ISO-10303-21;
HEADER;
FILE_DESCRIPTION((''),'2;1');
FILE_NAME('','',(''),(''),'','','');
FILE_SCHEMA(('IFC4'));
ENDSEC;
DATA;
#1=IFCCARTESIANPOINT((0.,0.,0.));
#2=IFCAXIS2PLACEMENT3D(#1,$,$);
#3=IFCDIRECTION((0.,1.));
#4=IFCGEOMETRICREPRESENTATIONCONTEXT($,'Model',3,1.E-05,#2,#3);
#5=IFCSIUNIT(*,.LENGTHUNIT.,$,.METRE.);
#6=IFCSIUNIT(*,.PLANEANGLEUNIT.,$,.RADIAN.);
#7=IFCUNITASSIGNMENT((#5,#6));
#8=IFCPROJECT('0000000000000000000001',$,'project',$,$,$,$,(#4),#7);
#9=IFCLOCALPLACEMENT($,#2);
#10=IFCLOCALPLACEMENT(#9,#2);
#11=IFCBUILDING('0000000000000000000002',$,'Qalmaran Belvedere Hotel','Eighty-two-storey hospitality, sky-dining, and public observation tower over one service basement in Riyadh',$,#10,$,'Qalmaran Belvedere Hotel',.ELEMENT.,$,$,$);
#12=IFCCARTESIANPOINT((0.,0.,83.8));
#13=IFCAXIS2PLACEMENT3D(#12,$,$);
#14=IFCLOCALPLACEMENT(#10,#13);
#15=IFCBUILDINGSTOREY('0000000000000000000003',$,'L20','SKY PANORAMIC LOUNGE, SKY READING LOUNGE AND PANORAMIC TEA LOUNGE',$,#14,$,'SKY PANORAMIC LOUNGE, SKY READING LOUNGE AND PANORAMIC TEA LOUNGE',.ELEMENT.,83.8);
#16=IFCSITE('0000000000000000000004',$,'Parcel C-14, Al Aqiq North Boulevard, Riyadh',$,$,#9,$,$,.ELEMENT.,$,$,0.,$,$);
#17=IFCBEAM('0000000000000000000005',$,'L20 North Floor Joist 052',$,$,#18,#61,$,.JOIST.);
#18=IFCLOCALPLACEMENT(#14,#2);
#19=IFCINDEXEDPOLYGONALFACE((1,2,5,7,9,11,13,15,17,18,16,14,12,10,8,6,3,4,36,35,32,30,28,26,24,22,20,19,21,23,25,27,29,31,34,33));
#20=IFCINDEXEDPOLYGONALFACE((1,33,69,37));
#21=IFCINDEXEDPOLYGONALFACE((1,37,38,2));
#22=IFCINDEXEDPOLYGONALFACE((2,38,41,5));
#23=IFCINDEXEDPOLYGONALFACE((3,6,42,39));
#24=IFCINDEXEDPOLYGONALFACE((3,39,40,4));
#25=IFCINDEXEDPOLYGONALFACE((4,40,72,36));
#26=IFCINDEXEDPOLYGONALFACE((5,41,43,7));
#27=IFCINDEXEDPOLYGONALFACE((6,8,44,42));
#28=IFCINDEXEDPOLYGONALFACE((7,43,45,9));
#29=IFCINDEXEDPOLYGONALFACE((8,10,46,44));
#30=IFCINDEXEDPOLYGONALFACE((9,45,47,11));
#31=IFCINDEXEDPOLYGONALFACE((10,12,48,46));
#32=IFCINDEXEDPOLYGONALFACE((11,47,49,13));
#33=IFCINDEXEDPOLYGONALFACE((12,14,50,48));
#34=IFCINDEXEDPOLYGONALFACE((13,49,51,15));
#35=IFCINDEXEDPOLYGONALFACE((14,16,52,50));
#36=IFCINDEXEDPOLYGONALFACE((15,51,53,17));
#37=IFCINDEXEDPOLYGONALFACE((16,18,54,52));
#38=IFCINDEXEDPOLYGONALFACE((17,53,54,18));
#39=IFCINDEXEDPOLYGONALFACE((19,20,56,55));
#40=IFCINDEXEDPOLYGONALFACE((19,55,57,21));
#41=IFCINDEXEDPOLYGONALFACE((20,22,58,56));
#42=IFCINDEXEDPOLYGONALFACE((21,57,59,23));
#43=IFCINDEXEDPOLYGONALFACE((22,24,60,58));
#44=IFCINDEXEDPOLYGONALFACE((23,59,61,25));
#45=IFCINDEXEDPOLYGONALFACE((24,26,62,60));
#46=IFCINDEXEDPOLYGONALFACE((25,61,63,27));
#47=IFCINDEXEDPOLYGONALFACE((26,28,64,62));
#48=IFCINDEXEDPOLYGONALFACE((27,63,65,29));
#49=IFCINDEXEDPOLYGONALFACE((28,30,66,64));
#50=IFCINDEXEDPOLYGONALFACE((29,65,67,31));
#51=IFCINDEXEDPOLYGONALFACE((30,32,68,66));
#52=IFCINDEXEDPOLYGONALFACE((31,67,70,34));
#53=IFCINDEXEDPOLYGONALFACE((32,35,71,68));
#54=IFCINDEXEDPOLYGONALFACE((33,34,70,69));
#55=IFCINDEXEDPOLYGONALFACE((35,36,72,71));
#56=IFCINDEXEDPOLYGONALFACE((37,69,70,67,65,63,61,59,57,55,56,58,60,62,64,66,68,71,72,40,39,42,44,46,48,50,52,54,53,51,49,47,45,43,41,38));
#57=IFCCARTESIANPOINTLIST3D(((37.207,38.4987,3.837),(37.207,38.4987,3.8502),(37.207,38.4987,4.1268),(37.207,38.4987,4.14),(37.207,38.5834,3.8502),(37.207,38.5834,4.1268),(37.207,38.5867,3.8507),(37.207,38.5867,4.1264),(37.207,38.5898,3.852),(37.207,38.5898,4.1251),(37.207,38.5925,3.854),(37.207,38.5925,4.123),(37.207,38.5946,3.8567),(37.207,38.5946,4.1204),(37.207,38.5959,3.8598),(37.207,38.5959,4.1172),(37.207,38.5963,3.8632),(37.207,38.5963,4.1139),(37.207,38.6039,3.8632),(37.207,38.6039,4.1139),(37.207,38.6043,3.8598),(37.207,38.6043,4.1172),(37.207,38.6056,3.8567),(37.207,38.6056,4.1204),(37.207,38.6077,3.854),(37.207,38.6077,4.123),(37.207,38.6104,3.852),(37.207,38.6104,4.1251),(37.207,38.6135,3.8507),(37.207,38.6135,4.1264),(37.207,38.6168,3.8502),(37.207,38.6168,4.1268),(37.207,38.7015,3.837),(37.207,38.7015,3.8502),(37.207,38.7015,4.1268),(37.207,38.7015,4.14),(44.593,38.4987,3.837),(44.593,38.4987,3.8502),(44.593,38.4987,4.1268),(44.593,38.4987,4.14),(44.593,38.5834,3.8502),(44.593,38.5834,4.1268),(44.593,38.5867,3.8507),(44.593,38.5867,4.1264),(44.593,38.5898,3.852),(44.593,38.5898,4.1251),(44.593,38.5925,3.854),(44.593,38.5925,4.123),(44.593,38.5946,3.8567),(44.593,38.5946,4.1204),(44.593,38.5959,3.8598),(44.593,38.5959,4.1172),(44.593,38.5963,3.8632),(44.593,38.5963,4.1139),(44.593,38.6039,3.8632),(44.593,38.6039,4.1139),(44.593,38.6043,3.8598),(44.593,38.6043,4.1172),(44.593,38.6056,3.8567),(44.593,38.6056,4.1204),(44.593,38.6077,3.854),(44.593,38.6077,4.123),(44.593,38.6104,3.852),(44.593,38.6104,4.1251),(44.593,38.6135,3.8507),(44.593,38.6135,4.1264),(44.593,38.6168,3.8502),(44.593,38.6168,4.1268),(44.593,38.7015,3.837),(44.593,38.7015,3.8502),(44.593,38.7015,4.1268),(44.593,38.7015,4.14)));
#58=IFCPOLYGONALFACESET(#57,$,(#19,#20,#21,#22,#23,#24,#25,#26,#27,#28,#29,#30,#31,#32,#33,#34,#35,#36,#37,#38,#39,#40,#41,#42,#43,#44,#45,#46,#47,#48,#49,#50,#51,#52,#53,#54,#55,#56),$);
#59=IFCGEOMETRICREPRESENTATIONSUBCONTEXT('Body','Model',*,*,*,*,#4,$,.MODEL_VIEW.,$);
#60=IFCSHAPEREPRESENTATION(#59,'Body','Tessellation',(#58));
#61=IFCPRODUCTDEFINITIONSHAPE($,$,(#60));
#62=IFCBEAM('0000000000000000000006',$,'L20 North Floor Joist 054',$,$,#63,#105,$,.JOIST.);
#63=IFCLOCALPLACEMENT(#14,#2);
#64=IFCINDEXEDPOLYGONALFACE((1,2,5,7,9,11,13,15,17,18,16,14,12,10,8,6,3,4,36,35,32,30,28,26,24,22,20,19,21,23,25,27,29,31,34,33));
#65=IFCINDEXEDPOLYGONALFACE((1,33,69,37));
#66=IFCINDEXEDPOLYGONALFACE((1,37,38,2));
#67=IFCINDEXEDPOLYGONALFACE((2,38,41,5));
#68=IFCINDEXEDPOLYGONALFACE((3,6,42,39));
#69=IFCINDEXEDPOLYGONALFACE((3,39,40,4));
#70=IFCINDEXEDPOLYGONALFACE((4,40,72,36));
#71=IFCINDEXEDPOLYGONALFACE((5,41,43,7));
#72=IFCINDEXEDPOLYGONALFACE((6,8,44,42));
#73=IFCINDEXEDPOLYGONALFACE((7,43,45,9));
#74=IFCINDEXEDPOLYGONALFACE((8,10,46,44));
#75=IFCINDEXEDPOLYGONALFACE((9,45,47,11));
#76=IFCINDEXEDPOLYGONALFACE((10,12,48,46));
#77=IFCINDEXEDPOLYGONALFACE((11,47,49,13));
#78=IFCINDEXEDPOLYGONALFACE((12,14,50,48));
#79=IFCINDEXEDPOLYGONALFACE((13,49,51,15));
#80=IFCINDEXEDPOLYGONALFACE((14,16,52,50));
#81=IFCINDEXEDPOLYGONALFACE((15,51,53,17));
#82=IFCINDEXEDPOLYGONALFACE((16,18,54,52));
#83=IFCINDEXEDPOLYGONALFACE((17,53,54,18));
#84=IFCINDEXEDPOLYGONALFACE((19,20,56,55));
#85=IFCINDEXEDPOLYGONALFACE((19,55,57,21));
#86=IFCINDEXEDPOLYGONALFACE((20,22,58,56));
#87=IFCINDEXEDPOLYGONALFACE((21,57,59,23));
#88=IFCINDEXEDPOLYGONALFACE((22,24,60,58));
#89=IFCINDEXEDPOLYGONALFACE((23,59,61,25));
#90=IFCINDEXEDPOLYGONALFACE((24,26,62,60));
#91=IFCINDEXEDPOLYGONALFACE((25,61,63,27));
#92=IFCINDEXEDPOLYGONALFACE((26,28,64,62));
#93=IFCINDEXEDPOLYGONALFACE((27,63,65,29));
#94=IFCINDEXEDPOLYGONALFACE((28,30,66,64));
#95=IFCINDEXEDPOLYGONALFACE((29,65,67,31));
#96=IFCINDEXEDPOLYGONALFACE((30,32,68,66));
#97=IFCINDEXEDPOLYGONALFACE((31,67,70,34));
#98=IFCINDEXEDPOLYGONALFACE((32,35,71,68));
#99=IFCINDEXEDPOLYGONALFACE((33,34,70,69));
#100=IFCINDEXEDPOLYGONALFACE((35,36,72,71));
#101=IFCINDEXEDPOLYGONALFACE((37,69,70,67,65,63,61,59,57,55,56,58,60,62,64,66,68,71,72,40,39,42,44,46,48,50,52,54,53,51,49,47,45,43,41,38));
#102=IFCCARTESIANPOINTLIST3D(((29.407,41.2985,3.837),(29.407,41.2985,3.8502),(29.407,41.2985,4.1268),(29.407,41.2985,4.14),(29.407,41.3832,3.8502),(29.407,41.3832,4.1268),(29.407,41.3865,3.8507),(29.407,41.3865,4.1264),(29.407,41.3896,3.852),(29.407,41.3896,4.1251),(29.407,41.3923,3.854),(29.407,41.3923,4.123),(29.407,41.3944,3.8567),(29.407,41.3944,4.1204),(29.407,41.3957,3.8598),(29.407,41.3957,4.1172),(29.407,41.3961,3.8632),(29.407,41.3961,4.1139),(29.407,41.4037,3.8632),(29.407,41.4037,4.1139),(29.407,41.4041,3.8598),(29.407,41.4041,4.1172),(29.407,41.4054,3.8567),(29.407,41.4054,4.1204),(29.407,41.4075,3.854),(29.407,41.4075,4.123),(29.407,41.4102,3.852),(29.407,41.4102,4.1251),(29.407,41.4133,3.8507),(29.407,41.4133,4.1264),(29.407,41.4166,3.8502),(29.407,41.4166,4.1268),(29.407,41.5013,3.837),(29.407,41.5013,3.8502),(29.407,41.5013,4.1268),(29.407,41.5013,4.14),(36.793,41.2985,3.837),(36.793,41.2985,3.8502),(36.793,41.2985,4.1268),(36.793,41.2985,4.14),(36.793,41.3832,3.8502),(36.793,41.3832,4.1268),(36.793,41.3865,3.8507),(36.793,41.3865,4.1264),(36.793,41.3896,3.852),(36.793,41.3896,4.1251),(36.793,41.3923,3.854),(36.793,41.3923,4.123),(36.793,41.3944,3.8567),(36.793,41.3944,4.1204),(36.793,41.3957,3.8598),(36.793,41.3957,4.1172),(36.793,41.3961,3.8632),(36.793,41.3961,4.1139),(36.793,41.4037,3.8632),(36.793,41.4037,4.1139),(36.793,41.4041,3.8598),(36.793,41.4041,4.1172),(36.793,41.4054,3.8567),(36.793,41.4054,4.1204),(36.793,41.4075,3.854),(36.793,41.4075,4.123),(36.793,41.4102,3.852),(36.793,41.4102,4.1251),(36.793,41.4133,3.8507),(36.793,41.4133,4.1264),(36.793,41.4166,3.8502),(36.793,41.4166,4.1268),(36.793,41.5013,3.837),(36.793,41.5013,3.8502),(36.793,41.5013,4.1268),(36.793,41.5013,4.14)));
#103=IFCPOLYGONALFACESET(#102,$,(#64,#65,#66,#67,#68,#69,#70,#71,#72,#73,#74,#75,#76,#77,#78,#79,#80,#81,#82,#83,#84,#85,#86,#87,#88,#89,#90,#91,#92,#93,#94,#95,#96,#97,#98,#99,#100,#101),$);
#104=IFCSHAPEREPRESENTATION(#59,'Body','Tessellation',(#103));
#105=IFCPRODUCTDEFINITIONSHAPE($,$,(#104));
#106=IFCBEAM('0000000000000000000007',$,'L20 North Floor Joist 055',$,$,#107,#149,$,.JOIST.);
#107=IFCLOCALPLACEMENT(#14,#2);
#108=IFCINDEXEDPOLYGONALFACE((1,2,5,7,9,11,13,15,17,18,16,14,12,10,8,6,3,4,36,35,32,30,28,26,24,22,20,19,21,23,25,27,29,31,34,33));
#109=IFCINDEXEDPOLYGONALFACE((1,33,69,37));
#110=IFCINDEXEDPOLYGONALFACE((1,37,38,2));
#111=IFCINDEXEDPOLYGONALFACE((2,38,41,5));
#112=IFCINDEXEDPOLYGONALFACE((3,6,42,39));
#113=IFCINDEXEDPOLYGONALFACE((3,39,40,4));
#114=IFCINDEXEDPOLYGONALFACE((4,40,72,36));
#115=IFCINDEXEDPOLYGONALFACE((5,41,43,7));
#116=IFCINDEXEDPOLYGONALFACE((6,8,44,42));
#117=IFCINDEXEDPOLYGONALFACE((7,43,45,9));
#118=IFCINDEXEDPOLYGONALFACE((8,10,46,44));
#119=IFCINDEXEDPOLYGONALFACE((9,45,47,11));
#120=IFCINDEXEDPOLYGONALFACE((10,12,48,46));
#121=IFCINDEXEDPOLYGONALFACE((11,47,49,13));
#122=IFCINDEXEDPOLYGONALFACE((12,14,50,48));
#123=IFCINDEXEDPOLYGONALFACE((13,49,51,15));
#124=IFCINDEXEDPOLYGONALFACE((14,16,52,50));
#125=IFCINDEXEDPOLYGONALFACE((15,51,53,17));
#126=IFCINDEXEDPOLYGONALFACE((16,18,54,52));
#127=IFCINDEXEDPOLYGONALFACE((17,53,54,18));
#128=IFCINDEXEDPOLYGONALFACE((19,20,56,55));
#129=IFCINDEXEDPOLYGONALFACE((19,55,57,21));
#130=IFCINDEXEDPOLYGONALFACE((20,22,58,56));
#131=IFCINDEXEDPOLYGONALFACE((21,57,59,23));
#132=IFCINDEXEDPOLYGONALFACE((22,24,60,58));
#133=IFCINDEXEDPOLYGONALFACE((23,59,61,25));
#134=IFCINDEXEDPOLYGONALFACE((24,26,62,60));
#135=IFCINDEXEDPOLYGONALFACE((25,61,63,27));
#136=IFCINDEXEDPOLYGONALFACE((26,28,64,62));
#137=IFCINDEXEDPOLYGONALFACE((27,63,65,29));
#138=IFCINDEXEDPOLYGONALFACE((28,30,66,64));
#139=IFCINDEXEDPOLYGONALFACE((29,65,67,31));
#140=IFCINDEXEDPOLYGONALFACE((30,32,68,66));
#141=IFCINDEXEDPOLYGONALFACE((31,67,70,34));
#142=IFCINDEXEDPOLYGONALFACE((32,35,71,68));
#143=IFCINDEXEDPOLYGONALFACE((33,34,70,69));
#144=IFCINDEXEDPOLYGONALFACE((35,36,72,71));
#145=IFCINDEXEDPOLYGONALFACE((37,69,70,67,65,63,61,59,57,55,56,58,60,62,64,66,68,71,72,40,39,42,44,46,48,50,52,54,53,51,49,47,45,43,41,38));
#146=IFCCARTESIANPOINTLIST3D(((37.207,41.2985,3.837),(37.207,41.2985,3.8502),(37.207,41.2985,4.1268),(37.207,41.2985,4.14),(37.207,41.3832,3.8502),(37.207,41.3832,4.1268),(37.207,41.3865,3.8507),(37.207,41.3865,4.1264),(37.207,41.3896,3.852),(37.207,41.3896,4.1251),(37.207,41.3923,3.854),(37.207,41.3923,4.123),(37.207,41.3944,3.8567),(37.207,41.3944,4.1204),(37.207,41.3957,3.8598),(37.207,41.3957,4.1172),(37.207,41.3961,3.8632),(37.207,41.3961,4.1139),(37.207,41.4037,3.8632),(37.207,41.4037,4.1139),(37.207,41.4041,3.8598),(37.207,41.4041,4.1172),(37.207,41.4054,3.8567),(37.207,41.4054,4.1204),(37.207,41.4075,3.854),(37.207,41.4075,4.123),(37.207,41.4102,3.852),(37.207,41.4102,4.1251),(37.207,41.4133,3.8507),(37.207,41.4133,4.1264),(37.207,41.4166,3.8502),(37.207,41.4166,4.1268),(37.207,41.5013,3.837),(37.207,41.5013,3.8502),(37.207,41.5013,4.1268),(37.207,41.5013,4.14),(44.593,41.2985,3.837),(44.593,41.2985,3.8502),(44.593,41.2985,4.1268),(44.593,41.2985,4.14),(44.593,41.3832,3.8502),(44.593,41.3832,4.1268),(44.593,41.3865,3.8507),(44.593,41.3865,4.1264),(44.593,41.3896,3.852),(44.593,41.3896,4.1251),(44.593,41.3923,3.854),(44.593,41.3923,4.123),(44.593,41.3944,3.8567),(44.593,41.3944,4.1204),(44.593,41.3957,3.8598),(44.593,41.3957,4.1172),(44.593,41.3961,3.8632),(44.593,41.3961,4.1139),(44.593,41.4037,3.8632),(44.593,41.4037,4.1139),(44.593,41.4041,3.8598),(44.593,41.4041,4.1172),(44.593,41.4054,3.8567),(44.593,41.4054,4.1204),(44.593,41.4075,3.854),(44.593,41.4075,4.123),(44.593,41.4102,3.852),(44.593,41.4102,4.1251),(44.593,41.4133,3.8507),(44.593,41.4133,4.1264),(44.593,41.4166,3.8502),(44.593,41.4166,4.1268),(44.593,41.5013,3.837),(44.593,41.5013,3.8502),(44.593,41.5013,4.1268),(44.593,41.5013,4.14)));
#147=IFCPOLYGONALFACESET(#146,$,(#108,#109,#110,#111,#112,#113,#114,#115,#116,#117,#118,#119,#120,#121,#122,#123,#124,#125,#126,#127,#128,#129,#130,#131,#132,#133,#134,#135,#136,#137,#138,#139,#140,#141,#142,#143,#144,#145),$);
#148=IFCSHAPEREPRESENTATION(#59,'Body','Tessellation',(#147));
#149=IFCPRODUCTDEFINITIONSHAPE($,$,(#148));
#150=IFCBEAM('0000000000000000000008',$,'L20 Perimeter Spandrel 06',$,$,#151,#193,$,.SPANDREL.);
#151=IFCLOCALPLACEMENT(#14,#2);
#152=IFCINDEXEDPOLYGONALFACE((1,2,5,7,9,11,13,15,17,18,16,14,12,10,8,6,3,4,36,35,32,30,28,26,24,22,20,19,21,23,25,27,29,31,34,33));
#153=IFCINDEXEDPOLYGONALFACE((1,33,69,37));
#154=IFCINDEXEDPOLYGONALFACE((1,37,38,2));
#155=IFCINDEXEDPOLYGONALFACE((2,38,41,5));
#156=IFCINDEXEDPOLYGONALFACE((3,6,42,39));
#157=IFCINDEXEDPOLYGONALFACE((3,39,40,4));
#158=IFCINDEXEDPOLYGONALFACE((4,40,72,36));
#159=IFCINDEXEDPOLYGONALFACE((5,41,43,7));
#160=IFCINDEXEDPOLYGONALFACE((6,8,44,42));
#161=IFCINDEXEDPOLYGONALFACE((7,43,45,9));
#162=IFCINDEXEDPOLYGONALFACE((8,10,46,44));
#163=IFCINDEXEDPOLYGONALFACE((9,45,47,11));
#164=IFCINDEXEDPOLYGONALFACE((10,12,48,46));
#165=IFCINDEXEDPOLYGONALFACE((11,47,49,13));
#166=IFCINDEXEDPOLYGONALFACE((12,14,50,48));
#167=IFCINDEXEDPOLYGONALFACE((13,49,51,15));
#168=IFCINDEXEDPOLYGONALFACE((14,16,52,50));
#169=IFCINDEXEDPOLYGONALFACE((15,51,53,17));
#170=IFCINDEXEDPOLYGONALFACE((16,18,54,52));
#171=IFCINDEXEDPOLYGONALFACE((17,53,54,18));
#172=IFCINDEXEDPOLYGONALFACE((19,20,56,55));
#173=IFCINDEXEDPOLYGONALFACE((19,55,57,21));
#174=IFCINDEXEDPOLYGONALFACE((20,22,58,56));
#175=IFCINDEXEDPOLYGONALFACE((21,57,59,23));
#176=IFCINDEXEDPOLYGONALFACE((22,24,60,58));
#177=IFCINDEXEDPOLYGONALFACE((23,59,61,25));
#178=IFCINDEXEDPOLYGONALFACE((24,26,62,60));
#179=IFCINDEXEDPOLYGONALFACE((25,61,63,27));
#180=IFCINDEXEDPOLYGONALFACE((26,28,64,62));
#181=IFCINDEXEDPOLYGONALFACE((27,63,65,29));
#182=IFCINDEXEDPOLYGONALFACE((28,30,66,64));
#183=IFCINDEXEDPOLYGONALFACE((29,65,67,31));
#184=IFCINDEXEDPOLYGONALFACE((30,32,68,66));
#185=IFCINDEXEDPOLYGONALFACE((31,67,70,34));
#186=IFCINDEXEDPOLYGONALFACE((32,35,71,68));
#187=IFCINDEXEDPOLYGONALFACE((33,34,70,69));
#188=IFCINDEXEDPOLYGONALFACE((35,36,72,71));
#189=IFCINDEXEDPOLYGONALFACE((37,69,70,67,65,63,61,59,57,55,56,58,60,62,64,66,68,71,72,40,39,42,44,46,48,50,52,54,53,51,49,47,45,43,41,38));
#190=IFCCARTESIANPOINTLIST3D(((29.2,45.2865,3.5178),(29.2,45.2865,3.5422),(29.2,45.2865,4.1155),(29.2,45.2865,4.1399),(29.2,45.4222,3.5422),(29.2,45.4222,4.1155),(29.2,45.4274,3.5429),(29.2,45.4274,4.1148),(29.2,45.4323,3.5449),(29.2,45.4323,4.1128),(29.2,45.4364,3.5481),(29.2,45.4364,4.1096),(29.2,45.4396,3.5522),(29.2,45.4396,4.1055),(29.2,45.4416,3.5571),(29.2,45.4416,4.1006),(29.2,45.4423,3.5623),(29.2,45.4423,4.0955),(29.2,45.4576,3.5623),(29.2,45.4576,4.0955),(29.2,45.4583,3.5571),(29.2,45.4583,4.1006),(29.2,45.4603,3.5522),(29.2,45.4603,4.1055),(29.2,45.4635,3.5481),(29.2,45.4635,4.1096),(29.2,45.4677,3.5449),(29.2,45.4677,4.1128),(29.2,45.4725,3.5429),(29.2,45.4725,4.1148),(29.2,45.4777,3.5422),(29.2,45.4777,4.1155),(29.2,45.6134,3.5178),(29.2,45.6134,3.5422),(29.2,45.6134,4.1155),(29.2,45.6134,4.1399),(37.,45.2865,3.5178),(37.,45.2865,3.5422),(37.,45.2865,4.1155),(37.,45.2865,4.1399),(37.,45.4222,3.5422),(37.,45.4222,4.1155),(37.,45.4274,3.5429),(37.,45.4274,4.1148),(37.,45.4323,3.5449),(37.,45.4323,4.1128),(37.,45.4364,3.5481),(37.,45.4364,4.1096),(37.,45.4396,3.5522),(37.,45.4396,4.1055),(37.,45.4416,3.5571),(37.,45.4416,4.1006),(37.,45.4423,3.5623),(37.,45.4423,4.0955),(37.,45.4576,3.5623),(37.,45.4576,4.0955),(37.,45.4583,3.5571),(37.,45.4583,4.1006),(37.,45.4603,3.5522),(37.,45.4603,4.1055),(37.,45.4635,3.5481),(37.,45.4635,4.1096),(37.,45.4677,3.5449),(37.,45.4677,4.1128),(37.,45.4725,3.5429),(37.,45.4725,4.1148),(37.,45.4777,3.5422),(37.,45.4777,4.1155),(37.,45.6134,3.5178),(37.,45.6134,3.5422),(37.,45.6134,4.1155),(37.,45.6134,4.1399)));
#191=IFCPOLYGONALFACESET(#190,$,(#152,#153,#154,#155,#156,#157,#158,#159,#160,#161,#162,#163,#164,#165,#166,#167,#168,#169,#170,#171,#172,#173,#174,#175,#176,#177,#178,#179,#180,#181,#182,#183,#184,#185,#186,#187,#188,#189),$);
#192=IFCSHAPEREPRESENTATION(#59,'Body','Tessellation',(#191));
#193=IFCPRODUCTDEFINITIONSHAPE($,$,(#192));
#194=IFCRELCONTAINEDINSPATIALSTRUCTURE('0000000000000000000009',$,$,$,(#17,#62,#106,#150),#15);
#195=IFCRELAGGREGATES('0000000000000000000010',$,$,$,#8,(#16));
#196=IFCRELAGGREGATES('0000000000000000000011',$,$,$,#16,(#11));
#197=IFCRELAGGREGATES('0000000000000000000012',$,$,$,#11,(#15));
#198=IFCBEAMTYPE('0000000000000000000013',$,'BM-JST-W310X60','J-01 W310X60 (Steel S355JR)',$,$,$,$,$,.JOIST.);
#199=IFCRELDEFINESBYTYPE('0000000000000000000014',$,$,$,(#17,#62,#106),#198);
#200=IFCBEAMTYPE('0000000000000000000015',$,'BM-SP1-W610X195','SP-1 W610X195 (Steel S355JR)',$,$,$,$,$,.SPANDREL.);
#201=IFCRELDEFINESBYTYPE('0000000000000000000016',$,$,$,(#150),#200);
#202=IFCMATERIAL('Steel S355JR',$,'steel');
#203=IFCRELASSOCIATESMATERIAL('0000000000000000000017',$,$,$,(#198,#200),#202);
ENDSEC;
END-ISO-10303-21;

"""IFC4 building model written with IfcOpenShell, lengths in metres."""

from ifc_helpers import new_model, si_unit, direction, frame, origin, origin_2d, place, context, subcontext, project, spatial, i_section, extrude, material, material_profile, profile_set, type_object, element, save


model = new_model("IFC4")

# Units and contexts
model_context = context("Model", 3, precision=1e-05, world=origin(), true_north=direction((0.0, 1.0)))
body_context = subcontext(model_context, "Body", "Model", "MODEL_VIEW")
ifc_project = project(units=[si_unit("LENGTHUNIT", "METRE"), si_unit("PLANEANGLEUNIT", "RADIAN")], contexts=[model_context])

# Site, building, storey
site_placement = place(None, origin())
site = spatial("IfcSite", under=ifc_project, at=site_placement, Name="Parcel C-14, Al Aqiq North Boulevard, Riyadh", CompositionType="ELEMENT", RefElevation=0.0)
building_placement = place(site_placement, origin())
building = spatial("IfcBuilding", under=site, at=building_placement, Name="Qalmaran Belvedere Hotel", Description="Eighty-two-storey hospitality, sky-dining, and public observation tower over one service basement in Riyadh", LongName="Qalmaran Belvedere Hotel", CompositionType="ELEMENT")
storey_placement = place(building_placement, frame((0.0, 0.0, 83.8)))
storey = spatial("IfcBuildingStorey", under=building, at=storey_placement, Name="L20", Description="SKY PANORAMIC LOUNGE, SKY READING LOUNGE AND PANORAMIC TEA LOUNGE", LongName="SKY PANORAMIC LOUNGE, SKY READING LOUNGE AND PANORAMIC TEA LOUNGE", CompositionType="ELEMENT", Elevation=83.8)

# Beams
ifc_material_1 = material(Name="Steel S355JR", Category="steel")
ifc_material_profile_1 = material_profile(ifc_material_1, i_section(OverallWidth=0.2029, OverallDepth=0.303, WebThickness=0.0076, FlangeThickness=0.0132, FilletRadius=0.0129, at=origin_2d()), Name="W310X60")
ifc_profile_set_1 = profile_set([ifc_material_profile_1], Name="Steel S355JR")
beam_type_1 = type_object("IfcBeamType", Name="BM-JST-W310X60", Description="J-01 W310X60 (Steel S355JR)", PredefinedType="JOIST", material=ifc_profile_set_1)
for number, where, z_axis, x_axis, name in (
    (1, (37.207, 38.6001, 3.9885), (1.0, 0.0, 0.0), (0.0, 1.0, 0.0), "L20 North Floor Joist 052"),
    (2, (29.407, 41.3999, 3.9885), (1.0, 0.0, 0.0), (0.0, 1.0, 0.0), "L20 North Floor Joist 054"),
    (3, (37.207, 41.3999, 3.9885), (1.0, 0.0, 0.0), (0.0, 1.0, 0.0), "L20 North Floor Joist 055"),
):
    element("IfcBeam", number, at=place(storey_placement, frame(where, z_axis=z_axis, x_axis=x_axis)), inside=storey, type_object=beam_type_1, Name=name, PredefinedType="JOIST", context=body_context, shape_type="SweptSolid", body=[
        extrude(i_section(OverallWidth=0.2029, OverallDepth=0.303, WebThickness=0.0076, FlangeThickness=0.0132, FilletRadius=0.0129, at=origin_2d()), origin(), (0.0, 0.0, 1.0), 7.386),
    ])
ifc_material_profile_2 = material_profile(ifc_material_1, i_section(OverallWidth=0.3269, OverallDepth=0.6221, WebThickness=0.0154, FlangeThickness=0.0244, FilletRadius=0.02, at=origin_2d()), Name="W610X195")
ifc_profile_set_2 = profile_set([ifc_material_profile_2], Name="Steel S355JR")
beam_type_2 = type_object("IfcBeamType", Name="BM-SP1-W610X195", Description="SP-1 W610X195 (Steel S355JR)", PredefinedType="SPANDREL", material=ifc_profile_set_2)
for number, where, z_axis, x_axis, name in (
    (4, (29.2, 45.45, 3.8289), (1.0, 0.0, 0.0), (0.0, 1.0, 0.0), "L20 Perimeter Spandrel 06"),
):
    element("IfcBeam", number, at=place(storey_placement, frame(where, z_axis=z_axis, x_axis=x_axis)), inside=storey, type_object=beam_type_2, Name=name, PredefinedType="SPANDREL", context=body_context, shape_type="SweptSolid", body=[
        extrude(i_section(OverallWidth=0.3269, OverallDepth=0.6221, WebThickness=0.0154, FlangeThickness=0.0244, FilletRadius=0.02, at=origin_2d()), origin(), (0.0, 0.0, 1.0), 7.8),
    ])

save(model, "model.ifc")
